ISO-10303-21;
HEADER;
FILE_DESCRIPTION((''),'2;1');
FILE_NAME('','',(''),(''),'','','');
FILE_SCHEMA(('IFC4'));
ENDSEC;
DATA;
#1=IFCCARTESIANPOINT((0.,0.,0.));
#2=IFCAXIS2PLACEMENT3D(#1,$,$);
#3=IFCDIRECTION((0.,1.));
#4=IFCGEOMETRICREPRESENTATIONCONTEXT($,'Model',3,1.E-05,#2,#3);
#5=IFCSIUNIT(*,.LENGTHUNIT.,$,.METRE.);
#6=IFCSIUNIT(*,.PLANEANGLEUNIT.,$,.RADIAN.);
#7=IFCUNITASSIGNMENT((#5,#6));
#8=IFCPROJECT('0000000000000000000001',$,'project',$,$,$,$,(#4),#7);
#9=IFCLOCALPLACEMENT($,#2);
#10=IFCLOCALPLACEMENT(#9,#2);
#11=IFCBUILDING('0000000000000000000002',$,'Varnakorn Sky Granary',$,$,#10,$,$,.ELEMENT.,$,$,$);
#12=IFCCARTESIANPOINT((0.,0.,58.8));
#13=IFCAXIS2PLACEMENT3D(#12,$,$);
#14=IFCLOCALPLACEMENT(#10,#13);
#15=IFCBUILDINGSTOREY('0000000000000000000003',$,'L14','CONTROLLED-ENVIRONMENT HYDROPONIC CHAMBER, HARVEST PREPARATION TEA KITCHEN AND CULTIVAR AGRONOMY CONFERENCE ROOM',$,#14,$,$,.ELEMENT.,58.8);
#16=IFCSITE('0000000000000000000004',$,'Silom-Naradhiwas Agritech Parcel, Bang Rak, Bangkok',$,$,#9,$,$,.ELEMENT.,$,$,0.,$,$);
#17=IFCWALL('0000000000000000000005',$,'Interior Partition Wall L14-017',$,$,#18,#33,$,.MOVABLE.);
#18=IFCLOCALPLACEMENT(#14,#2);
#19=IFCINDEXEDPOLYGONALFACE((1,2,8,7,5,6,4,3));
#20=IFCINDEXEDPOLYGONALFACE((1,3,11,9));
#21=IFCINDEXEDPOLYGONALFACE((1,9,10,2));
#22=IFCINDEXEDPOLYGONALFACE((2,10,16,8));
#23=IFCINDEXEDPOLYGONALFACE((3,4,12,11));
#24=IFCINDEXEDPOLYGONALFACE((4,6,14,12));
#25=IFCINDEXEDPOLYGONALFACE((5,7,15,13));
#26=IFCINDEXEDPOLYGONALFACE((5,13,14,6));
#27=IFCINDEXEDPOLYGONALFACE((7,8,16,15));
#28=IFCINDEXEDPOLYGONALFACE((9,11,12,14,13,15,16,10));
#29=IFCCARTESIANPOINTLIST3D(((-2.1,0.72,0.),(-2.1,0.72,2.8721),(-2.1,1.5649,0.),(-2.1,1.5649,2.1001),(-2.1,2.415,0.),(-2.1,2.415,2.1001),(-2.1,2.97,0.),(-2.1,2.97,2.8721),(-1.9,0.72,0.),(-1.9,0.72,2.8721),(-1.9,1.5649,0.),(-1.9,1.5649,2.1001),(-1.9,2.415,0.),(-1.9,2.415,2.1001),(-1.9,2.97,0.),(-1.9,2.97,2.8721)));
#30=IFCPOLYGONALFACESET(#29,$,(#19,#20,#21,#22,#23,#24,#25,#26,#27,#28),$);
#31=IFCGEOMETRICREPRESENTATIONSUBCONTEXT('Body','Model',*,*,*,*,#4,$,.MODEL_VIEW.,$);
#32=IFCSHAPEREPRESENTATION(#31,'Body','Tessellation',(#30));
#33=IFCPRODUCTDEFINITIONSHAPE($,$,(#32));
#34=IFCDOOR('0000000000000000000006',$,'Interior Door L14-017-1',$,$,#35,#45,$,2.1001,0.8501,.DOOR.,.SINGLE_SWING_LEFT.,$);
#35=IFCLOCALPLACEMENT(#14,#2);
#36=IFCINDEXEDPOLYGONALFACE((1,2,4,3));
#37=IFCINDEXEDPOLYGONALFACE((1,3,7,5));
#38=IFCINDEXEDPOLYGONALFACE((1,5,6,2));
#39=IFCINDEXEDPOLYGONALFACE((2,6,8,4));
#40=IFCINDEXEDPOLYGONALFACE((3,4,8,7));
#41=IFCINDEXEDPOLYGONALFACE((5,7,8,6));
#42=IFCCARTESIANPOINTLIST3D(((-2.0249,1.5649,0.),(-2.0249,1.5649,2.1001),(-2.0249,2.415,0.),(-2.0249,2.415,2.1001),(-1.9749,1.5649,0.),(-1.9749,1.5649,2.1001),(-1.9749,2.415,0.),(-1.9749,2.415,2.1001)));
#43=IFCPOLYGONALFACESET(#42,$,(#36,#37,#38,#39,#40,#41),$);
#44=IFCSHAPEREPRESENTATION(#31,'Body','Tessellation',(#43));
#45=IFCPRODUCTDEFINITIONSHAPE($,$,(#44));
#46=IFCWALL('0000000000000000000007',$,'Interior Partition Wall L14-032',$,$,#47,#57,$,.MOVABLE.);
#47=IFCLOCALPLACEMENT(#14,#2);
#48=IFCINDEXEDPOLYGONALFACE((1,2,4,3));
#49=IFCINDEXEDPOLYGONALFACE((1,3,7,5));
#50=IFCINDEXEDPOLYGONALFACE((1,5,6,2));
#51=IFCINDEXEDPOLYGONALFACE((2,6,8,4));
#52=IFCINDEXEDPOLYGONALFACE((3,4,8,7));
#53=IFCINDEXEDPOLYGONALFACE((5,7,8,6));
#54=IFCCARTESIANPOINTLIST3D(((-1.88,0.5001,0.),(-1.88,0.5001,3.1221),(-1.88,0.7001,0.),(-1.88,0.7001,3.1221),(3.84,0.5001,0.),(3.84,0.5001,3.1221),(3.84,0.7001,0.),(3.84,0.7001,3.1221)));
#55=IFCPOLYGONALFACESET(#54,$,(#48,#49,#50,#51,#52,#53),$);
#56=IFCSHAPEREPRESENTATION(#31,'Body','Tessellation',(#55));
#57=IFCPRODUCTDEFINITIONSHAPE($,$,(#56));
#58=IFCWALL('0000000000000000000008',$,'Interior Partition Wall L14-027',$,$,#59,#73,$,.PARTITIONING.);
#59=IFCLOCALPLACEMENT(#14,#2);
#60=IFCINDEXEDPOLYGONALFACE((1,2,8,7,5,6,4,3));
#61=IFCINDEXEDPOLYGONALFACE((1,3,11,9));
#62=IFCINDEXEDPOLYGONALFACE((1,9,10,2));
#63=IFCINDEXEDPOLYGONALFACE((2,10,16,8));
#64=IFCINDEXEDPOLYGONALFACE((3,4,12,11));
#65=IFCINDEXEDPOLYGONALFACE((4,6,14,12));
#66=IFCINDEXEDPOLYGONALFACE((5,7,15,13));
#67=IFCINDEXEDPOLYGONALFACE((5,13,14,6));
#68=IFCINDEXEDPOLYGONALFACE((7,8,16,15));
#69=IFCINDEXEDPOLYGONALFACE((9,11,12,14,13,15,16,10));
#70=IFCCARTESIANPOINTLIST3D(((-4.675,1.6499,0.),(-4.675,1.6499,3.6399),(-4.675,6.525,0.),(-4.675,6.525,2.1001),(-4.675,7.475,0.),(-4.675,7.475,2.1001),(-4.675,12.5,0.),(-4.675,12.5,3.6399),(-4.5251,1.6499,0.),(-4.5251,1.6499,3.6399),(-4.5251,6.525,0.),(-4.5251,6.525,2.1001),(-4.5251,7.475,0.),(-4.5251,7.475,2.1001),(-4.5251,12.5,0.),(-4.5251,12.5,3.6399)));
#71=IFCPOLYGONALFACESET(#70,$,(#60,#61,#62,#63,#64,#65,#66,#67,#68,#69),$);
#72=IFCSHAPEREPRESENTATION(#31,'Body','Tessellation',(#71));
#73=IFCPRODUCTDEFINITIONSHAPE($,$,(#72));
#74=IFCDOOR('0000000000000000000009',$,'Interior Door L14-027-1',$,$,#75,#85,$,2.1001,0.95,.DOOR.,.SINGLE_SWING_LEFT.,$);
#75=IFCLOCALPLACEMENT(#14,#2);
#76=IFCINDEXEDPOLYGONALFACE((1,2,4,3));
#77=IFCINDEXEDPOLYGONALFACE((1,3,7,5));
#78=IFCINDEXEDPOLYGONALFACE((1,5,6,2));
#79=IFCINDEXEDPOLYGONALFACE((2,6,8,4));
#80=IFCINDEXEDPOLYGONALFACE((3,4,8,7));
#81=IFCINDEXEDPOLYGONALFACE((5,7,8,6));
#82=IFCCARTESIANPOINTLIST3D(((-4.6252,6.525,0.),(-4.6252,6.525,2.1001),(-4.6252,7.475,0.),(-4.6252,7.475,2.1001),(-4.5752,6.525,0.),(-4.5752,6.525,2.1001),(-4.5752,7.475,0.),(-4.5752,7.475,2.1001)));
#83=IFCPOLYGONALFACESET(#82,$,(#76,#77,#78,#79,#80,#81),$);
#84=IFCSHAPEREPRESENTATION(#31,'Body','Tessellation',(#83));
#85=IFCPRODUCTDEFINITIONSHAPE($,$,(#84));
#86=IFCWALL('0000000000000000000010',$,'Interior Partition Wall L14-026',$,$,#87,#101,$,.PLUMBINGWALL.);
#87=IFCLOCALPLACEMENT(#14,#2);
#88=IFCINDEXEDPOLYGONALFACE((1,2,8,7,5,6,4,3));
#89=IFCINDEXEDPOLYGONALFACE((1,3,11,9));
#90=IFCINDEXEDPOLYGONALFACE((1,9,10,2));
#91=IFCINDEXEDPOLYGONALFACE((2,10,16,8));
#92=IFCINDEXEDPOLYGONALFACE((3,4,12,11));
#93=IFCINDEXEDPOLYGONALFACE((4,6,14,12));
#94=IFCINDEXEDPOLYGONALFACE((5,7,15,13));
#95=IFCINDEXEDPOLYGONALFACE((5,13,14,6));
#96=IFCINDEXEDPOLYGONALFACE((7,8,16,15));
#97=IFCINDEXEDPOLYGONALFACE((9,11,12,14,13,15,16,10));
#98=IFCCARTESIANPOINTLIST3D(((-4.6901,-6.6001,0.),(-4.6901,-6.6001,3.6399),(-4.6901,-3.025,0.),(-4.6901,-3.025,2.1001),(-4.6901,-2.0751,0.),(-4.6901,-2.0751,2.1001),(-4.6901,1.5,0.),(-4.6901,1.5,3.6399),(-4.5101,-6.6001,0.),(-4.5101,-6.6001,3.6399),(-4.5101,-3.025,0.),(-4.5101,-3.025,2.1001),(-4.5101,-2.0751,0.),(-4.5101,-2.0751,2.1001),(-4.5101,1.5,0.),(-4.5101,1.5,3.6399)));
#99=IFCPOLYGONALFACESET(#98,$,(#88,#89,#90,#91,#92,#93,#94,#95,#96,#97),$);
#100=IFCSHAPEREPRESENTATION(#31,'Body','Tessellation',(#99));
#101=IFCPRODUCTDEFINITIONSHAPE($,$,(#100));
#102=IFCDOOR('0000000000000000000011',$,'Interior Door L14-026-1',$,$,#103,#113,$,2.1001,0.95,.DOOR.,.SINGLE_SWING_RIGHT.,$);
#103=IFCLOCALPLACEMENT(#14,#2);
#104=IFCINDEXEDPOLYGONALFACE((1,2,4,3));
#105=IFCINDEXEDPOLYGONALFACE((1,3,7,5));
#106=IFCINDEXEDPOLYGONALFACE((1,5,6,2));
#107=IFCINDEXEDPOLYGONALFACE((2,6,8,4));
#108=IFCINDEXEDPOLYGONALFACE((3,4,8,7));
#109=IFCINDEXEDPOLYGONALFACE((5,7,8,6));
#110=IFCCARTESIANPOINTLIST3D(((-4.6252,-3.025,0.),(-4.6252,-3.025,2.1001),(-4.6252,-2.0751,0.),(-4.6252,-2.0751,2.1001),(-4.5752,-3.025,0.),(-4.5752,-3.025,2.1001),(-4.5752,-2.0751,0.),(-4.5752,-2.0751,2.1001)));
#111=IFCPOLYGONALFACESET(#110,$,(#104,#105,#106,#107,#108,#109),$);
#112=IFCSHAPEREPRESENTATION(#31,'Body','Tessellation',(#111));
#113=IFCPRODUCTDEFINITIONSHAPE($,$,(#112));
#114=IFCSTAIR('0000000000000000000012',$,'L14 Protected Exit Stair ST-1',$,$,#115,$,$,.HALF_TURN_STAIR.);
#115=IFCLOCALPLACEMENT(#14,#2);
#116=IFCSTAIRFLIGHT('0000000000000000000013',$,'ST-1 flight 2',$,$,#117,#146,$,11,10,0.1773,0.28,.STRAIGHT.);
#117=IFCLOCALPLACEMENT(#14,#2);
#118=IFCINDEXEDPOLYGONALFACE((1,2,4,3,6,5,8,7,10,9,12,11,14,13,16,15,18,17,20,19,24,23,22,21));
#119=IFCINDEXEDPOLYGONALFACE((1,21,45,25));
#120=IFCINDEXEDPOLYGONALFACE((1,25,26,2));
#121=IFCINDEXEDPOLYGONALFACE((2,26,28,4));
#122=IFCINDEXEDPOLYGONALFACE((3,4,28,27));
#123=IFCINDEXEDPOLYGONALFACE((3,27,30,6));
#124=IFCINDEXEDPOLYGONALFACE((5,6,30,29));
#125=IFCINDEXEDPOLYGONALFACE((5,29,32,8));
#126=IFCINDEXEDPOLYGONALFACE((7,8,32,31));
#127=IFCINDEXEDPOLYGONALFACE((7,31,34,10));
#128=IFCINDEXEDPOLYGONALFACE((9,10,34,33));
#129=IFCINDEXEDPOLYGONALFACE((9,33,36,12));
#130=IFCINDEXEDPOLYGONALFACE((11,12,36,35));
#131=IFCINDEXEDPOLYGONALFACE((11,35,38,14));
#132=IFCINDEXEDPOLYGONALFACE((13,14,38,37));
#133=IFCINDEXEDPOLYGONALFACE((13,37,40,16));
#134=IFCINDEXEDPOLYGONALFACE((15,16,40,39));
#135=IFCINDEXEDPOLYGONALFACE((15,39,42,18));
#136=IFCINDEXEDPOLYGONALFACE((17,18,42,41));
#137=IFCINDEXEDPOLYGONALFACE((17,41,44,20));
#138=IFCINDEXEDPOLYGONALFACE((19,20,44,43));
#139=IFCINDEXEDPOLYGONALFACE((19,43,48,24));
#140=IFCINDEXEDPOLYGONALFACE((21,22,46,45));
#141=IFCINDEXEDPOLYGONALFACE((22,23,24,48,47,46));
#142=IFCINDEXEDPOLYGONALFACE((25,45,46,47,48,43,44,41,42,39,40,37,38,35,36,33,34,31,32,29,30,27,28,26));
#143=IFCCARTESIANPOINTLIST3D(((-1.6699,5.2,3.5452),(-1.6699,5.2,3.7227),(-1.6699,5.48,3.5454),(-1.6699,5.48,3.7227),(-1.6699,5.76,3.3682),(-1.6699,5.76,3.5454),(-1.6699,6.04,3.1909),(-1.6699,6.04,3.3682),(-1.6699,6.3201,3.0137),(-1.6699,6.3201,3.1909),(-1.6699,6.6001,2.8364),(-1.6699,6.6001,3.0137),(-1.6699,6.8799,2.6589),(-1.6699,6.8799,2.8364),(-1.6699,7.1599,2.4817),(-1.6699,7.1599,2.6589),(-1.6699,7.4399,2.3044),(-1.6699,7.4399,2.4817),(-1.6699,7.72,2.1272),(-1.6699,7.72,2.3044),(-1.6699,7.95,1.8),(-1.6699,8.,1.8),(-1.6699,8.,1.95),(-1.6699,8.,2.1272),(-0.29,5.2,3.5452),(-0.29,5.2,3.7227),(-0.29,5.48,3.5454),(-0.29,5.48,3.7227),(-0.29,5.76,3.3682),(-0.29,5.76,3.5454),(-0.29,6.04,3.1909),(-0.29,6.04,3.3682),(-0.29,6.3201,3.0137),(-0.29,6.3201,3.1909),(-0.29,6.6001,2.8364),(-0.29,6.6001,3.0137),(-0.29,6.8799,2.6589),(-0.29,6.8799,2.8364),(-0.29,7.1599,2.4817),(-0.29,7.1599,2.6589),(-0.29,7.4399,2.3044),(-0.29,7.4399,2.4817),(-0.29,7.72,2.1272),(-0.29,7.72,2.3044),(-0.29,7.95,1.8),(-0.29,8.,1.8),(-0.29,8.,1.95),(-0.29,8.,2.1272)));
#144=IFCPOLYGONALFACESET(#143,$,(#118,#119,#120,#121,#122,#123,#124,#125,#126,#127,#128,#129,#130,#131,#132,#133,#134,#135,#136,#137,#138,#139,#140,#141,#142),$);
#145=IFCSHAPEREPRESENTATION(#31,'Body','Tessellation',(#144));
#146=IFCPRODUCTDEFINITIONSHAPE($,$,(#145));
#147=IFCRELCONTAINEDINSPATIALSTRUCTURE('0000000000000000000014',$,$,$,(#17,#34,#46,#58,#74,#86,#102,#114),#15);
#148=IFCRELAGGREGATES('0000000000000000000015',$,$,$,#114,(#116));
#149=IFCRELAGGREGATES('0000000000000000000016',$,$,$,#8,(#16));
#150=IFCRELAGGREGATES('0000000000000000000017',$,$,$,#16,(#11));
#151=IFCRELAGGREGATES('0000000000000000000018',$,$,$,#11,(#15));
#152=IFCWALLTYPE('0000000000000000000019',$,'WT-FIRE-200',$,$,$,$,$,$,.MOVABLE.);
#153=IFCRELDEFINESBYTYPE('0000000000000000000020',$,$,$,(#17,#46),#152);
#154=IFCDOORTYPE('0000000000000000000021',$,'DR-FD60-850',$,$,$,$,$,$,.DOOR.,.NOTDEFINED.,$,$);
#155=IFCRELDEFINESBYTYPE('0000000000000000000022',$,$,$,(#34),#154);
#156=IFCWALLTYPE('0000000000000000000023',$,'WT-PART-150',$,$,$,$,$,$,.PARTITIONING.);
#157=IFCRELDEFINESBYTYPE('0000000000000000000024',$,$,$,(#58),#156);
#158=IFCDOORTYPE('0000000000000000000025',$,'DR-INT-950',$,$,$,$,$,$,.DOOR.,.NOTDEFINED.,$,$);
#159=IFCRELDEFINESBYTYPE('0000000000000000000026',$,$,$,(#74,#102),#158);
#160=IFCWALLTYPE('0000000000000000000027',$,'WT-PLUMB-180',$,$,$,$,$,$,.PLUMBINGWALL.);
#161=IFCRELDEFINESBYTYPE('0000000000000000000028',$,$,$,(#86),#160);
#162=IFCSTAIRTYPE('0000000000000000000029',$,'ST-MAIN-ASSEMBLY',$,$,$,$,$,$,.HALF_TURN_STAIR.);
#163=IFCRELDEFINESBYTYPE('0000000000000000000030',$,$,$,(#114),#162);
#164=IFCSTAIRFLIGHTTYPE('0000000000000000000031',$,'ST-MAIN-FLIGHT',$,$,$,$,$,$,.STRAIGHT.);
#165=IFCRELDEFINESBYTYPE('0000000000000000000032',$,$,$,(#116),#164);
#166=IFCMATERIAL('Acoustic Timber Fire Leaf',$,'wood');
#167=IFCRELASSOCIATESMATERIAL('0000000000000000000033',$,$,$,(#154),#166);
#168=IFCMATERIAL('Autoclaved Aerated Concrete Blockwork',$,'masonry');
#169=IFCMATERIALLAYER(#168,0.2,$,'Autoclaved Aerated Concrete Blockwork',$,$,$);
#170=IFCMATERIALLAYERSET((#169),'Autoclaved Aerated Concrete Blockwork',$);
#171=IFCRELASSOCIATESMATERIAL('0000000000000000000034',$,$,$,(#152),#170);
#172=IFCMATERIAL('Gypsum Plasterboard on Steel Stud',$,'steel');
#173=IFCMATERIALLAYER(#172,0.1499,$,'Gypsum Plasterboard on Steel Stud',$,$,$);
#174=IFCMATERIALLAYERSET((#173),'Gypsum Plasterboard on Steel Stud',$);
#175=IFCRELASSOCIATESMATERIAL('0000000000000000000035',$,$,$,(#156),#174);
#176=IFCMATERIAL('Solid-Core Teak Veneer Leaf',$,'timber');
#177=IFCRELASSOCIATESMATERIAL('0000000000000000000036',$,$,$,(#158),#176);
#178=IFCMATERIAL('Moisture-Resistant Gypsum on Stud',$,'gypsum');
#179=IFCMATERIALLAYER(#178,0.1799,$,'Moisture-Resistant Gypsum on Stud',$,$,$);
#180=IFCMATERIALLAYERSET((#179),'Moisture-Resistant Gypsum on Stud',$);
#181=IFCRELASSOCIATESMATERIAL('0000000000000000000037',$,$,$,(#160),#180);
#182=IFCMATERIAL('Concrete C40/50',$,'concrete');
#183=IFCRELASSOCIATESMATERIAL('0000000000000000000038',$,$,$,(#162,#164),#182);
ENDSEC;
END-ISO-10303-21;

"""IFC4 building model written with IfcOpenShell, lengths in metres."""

from ifc_helpers import new_model, si_unit, direction, frame, frame_2d, origin, place, context, subcontext, project, spatial, polyline, rectangle, outline, extrude, material, layer, layer_set, type_object, element, fill, aggregate, save


model = new_model("IFC4")

# Units and contexts
model_context = context("Model", 3, precision=1e-05, world=origin(), true_north=direction((0.0, 1.0)))
body_context = subcontext(model_context, "Body", "Model", "MODEL_VIEW")
ifc_project = project(units=[si_unit("LENGTHUNIT", "METRE"), si_unit("PLANEANGLEUNIT", "RADIAN")], contexts=[model_context])

# Site, building, storey
site_placement = place(None, origin())
site = spatial("IfcSite", under=ifc_project, at=site_placement, Name="Silom-Naradhiwas Agritech Parcel, Bang Rak, Bangkok", CompositionType="ELEMENT", RefElevation=0.0)
building_placement = place(site_placement, origin())
building = spatial("IfcBuilding", under=site, at=building_placement, Name="Varnakorn Sky Granary", CompositionType="ELEMENT")
storey_placement = place(building_placement, frame((0.0, 0.0, 58.8)))
storey = spatial("IfcBuildingStorey", under=building, at=storey_placement, Name="L14", Description="CONTROLLED-ENVIRONMENT HYDROPONIC CHAMBER, HARVEST PREPARATION TEA KITCHEN AND CULTIVAR AGRONOMY CONFERENCE ROOM", CompositionType="ELEMENT", Elevation=58.8)

# Shared definitions
ifc_material_1 = material(Name="Acoustic Timber Fire Leaf", Category="wood")
door_type_1 = type_object("IfcDoorType", Name="DR-FD60-850", OperationType="NOTDEFINED", PredefinedType="DOOR", material=ifc_material_1)

# Wall, opening, door
ifc_material_2 = material(Name="Autoclaved Aerated Concrete Blockwork", Category="masonry")
ifc_layer_1 = layer(ifc_material_2, 0.2, Name="Autoclaved Aerated Concrete Blockwork")
ifc_layer_set_1 = layer_set([ifc_layer_1], Name="Autoclaved Aerated Concrete Blockwork")
wall_type_1 = type_object("IfcWallType", Name="WT-FIRE-200", PredefinedType="MOVABLE", material=ifc_layer_set_1)
wall_1_placement = place(storey_placement, frame((-2.0, 0.72, 0.0), z_axis=(0.0, 0.0, 1.0), x_axis=(0.0, 1.0, 0.0)))
wall_1 = element("IfcWall", 1, at=wall_1_placement, inside=storey, type_object=wall_type_1, Name="Interior Partition Wall L14-017", PredefinedType="MOVABLE", context=body_context, shape_type="SweptSolid", body=[
    extrude(rectangle(XDim=2.25, YDim=0.2, at=frame_2d((1.125, 0.0))), origin(), (0.0, 0.0, 1.0), 2.8721),
])
opening_1_placement = place(wall_1_placement, frame((0.845, 0.0, 0.0)))
opening_1 = element("IfcOpeningElement", 2, at=opening_1_placement, cuts=wall_1, PredefinedType="OPENING", context=body_context, shape_type="SweptSolid", body=[
    extrude(rectangle(XDim=0.8501, YDim=2.1001, at=frame_2d((0.425, 1.05))), frame((0.0, 0.1099, 0.0), z_axis=(0.0, -1.0, 0.0), x_axis=(1.0, 0.0, 0.0)), (0.0, 0.0, 1.0), 0.22),
])
door_1_placement = place(opening_1_placement, origin())
door_1 = element("IfcDoor", 3, at=door_1_placement, inside=storey, type_object=door_type_1, Name="Interior Door L14-017-1", OperationType="SINGLE_SWING_LEFT", OverallHeight=2.1001, OverallWidth=0.8501, PredefinedType="DOOR", context=body_context, shape_type="SweptSolid", body=[
    extrude(rectangle(XDim=0.8501, YDim=2.1001, at=frame_2d((0.425, 1.05))), frame((0.0, 0.0249, 0.0), z_axis=(0.0, -1.0, 0.0), x_axis=(1.0, 0.0, 0.0)), (0.0, 0.0, 1.0), 0.05),
])
fill(opening_1, door_1)

# Wall
wall_2_placement = place(storey_placement, frame((-1.8799, 0.6001, 0.0), z_axis=(0.0, 0.0, 1.0), x_axis=(1.0, 0.0, 0.0)))
element("IfcWall", 4, at=wall_2_placement, inside=storey, type_object=wall_type_1, Name="Interior Partition Wall L14-032", PredefinedType="MOVABLE", context=body_context, shape_type="SweptSolid", body=[
    extrude(rectangle(XDim=5.72, YDim=0.2, at=frame_2d((2.8599, 0.0))), origin(), (0.0, 0.0, 1.0), 3.1221),
])

# Walls, openings, doors
ifc_material_3 = material(Name="Gypsum Plasterboard on Steel Stud", Category="steel")
ifc_layer_2 = layer(ifc_material_3, 0.1499, Name="Gypsum Plasterboard on Steel Stud")
ifc_layer_set_2 = layer_set([ifc_layer_2], Name="Gypsum Plasterboard on Steel Stud")
wall_type_2 = type_object("IfcWallType", Name="WT-PART-150", PredefinedType="PARTITIONING", material=ifc_layer_set_2)
wall_3_placement = place(storey_placement, frame((-4.6001, 12.5, 0.0), z_axis=(0.0, 0.0, 1.0), x_axis=(0.0, -1.0, 0.0)))
wall_3 = element("IfcWall", 5, at=wall_3_placement, inside=storey, type_object=wall_type_2, Name="Interior Partition Wall L14-027", PredefinedType="PARTITIONING", context=body_context, shape_type="SweptSolid", body=[
    extrude(rectangle(XDim=10.8501, YDim=0.1499, at=frame_2d((5.425, 0.0))), origin(), (0.0, 0.0, 1.0), 3.6399),
])
opening_2_placement = place(wall_3_placement, frame((5.0249, 0.0, 0.0)))
opening_2 = element("IfcOpeningElement", 6, at=opening_2_placement, cuts=wall_3, PredefinedType="OPENING", context=body_context, shape_type="SweptSolid", body=[
    extrude(rectangle(XDim=0.95, YDim=2.1001, at=frame_2d((0.4751, 1.05))), frame((0.0, 0.085, 0.0), z_axis=(0.0, -1.0, 0.0), x_axis=(1.0, 0.0, 0.0)), (0.0, 0.0, 1.0), 0.1699),
])
ifc_material_4 = material(Name="Solid-Core Teak Veneer Leaf", Category="timber")
door_type_2 = type_object("IfcDoorType", Name="DR-INT-950", OperationType="NOTDEFINED", PredefinedType="DOOR", material=ifc_material_4)
door_2_placement = place(opening_2_placement, origin())
door_2 = element("IfcDoor", 7, at=door_2_placement, inside=storey, type_object=door_type_2, Name="Interior Door L14-027-1", OperationType="SINGLE_SWING_LEFT", OverallHeight=2.1001, OverallWidth=0.95, PredefinedType="DOOR", context=body_context, shape_type="SweptSolid", body=[
    extrude(rectangle(XDim=0.95, YDim=2.1001, at=frame_2d((0.4751, 1.05))), frame((0.0, 0.0249, 0.0), z_axis=(0.0, -1.0, 0.0), x_axis=(1.0, 0.0, 0.0)), (0.0, 0.0, 1.0), 0.05),
])
fill(opening_2, door_2)
ifc_material_5 = material(Name="Moisture-Resistant Gypsum on Stud", Category="gypsum")
ifc_layer_3 = layer(ifc_material_5, 0.1799, Name="Moisture-Resistant Gypsum on Stud")
ifc_layer_set_3 = layer_set([ifc_layer_3], Name="Moisture-Resistant Gypsum on Stud")
wall_type_3 = type_object("IfcWallType", Name="WT-PLUMB-180", PredefinedType="PLUMBINGWALL", material=ifc_layer_set_3)
wall_4_placement = place(storey_placement, frame((-4.6001, 1.5, 0.0), z_axis=(0.0, 0.0, 1.0), x_axis=(0.0, -1.0, 0.0)))
wall_4 = element("IfcWall", 8, at=wall_4_placement, inside=storey, type_object=wall_type_3, Name="Interior Partition Wall L14-026", PredefinedType="PLUMBINGWALL", context=body_context, shape_type="SweptSolid", body=[
    extrude(rectangle(XDim=8.1001, YDim=0.1799, at=frame_2d((4.05, 0.0))), origin(), (0.0, 0.0, 1.0), 3.6399),
])
opening_3_placement = place(wall_4_placement, frame((3.575, 0.0, 0.0)))
opening_3 = element("IfcOpeningElement", 9, at=opening_3_placement, cuts=wall_4, PredefinedType="OPENING", context=body_context, shape_type="SweptSolid", body=[
    extrude(rectangle(XDim=0.95, YDim=2.1001, at=frame_2d((0.4751, 1.05))), frame((0.0, 0.1001, 0.0), z_axis=(0.0, -1.0, 0.0), x_axis=(1.0, 0.0, 0.0)), (0.0, 0.0, 1.0), 0.2),
])
door_3_placement = place(opening_3_placement, origin())
door_3 = element("IfcDoor", 10, at=door_3_placement, inside=storey, type_object=door_type_2, Name="Interior Door L14-026-1", OperationType="SINGLE_SWING_RIGHT", OverallHeight=2.1001, OverallWidth=0.95, PredefinedType="DOOR", context=body_context, shape_type="SweptSolid", body=[
    extrude(rectangle(XDim=0.95, YDim=2.1001, at=frame_2d((0.4751, 1.05))), frame((0.0, 0.0249, 0.0), z_axis=(0.0, -1.0, 0.0), x_axis=(1.0, 0.0, 0.0)), (0.0, 0.0, 1.0), 0.05),
])
fill(opening_3, door_3)

# Stair, stair flight
ifc_material_6 = material(Name="Concrete C40/50", Category="concrete")
stair_type = type_object("IfcStairType", Name="ST-MAIN-ASSEMBLY", PredefinedType="HALF_TURN_STAIR", material=ifc_material_6)
stair_placement = place(storey_placement, origin())
stair = element("IfcStair", 11, at=stair_placement, inside=storey, type_object=stair_type, Name="L14 Protected Exit Stair ST-1", PredefinedType="HALF_TURN_STAIR")
stair_flight_type = type_object("IfcStairFlightType", Name="ST-MAIN-FLIGHT", PredefinedType="STRAIGHT", material=ifc_material_6)
stair_flight_placement = place(storey_placement, frame((-0.98, 8.0, 1.95), z_axis=(0.0, 0.0, 1.0), x_axis=(0.0, -1.0, 0.0)))
stair_flight = element("IfcStairFlight", 12, at=stair_flight_placement, type_object=stair_flight_type, Name="ST-1 flight 2", NumberOfRisers=11, NumberOfTreads=10, PredefinedType="STRAIGHT", RiserHeight=0.1773, TreadLength=0.28, context=body_context, shape_type="SweptSolid", body=[
    extrude(outline(polyline([(0.0, -0.1499), (0.0, 0.0), (0.0, 0.1772), (0.28, 0.1772), (0.28, 0.3545), (0.5601, 0.3545), (0.5601, 0.5317), (0.8401, 0.5317), (0.8401, 0.709), (1.1201, 0.709), (1.1201, 0.8865), (1.3999, 0.8865), (1.3999, 1.0637), (1.6799, 1.0637), (1.6799, 1.241), (1.96, 1.241), (1.96, 1.4182), (2.24, 1.4182), (2.24, 1.5955), (2.52, 1.5955), (2.52, 1.7727), (2.8, 1.7727), (2.8, 1.95), (2.8, 1.5952), (0.05, -0.1499), (0.0, -0.1499)])), frame((0.0, 0.6899, 0.0), z_axis=(0.0, -1.0, 0.0), x_axis=(1.0, 0.0, 0.0)), (0.0, 0.0, 1.0), 1.3799),
])
aggregate(stair, [stair_flight])

save(model, "model.ifc")
